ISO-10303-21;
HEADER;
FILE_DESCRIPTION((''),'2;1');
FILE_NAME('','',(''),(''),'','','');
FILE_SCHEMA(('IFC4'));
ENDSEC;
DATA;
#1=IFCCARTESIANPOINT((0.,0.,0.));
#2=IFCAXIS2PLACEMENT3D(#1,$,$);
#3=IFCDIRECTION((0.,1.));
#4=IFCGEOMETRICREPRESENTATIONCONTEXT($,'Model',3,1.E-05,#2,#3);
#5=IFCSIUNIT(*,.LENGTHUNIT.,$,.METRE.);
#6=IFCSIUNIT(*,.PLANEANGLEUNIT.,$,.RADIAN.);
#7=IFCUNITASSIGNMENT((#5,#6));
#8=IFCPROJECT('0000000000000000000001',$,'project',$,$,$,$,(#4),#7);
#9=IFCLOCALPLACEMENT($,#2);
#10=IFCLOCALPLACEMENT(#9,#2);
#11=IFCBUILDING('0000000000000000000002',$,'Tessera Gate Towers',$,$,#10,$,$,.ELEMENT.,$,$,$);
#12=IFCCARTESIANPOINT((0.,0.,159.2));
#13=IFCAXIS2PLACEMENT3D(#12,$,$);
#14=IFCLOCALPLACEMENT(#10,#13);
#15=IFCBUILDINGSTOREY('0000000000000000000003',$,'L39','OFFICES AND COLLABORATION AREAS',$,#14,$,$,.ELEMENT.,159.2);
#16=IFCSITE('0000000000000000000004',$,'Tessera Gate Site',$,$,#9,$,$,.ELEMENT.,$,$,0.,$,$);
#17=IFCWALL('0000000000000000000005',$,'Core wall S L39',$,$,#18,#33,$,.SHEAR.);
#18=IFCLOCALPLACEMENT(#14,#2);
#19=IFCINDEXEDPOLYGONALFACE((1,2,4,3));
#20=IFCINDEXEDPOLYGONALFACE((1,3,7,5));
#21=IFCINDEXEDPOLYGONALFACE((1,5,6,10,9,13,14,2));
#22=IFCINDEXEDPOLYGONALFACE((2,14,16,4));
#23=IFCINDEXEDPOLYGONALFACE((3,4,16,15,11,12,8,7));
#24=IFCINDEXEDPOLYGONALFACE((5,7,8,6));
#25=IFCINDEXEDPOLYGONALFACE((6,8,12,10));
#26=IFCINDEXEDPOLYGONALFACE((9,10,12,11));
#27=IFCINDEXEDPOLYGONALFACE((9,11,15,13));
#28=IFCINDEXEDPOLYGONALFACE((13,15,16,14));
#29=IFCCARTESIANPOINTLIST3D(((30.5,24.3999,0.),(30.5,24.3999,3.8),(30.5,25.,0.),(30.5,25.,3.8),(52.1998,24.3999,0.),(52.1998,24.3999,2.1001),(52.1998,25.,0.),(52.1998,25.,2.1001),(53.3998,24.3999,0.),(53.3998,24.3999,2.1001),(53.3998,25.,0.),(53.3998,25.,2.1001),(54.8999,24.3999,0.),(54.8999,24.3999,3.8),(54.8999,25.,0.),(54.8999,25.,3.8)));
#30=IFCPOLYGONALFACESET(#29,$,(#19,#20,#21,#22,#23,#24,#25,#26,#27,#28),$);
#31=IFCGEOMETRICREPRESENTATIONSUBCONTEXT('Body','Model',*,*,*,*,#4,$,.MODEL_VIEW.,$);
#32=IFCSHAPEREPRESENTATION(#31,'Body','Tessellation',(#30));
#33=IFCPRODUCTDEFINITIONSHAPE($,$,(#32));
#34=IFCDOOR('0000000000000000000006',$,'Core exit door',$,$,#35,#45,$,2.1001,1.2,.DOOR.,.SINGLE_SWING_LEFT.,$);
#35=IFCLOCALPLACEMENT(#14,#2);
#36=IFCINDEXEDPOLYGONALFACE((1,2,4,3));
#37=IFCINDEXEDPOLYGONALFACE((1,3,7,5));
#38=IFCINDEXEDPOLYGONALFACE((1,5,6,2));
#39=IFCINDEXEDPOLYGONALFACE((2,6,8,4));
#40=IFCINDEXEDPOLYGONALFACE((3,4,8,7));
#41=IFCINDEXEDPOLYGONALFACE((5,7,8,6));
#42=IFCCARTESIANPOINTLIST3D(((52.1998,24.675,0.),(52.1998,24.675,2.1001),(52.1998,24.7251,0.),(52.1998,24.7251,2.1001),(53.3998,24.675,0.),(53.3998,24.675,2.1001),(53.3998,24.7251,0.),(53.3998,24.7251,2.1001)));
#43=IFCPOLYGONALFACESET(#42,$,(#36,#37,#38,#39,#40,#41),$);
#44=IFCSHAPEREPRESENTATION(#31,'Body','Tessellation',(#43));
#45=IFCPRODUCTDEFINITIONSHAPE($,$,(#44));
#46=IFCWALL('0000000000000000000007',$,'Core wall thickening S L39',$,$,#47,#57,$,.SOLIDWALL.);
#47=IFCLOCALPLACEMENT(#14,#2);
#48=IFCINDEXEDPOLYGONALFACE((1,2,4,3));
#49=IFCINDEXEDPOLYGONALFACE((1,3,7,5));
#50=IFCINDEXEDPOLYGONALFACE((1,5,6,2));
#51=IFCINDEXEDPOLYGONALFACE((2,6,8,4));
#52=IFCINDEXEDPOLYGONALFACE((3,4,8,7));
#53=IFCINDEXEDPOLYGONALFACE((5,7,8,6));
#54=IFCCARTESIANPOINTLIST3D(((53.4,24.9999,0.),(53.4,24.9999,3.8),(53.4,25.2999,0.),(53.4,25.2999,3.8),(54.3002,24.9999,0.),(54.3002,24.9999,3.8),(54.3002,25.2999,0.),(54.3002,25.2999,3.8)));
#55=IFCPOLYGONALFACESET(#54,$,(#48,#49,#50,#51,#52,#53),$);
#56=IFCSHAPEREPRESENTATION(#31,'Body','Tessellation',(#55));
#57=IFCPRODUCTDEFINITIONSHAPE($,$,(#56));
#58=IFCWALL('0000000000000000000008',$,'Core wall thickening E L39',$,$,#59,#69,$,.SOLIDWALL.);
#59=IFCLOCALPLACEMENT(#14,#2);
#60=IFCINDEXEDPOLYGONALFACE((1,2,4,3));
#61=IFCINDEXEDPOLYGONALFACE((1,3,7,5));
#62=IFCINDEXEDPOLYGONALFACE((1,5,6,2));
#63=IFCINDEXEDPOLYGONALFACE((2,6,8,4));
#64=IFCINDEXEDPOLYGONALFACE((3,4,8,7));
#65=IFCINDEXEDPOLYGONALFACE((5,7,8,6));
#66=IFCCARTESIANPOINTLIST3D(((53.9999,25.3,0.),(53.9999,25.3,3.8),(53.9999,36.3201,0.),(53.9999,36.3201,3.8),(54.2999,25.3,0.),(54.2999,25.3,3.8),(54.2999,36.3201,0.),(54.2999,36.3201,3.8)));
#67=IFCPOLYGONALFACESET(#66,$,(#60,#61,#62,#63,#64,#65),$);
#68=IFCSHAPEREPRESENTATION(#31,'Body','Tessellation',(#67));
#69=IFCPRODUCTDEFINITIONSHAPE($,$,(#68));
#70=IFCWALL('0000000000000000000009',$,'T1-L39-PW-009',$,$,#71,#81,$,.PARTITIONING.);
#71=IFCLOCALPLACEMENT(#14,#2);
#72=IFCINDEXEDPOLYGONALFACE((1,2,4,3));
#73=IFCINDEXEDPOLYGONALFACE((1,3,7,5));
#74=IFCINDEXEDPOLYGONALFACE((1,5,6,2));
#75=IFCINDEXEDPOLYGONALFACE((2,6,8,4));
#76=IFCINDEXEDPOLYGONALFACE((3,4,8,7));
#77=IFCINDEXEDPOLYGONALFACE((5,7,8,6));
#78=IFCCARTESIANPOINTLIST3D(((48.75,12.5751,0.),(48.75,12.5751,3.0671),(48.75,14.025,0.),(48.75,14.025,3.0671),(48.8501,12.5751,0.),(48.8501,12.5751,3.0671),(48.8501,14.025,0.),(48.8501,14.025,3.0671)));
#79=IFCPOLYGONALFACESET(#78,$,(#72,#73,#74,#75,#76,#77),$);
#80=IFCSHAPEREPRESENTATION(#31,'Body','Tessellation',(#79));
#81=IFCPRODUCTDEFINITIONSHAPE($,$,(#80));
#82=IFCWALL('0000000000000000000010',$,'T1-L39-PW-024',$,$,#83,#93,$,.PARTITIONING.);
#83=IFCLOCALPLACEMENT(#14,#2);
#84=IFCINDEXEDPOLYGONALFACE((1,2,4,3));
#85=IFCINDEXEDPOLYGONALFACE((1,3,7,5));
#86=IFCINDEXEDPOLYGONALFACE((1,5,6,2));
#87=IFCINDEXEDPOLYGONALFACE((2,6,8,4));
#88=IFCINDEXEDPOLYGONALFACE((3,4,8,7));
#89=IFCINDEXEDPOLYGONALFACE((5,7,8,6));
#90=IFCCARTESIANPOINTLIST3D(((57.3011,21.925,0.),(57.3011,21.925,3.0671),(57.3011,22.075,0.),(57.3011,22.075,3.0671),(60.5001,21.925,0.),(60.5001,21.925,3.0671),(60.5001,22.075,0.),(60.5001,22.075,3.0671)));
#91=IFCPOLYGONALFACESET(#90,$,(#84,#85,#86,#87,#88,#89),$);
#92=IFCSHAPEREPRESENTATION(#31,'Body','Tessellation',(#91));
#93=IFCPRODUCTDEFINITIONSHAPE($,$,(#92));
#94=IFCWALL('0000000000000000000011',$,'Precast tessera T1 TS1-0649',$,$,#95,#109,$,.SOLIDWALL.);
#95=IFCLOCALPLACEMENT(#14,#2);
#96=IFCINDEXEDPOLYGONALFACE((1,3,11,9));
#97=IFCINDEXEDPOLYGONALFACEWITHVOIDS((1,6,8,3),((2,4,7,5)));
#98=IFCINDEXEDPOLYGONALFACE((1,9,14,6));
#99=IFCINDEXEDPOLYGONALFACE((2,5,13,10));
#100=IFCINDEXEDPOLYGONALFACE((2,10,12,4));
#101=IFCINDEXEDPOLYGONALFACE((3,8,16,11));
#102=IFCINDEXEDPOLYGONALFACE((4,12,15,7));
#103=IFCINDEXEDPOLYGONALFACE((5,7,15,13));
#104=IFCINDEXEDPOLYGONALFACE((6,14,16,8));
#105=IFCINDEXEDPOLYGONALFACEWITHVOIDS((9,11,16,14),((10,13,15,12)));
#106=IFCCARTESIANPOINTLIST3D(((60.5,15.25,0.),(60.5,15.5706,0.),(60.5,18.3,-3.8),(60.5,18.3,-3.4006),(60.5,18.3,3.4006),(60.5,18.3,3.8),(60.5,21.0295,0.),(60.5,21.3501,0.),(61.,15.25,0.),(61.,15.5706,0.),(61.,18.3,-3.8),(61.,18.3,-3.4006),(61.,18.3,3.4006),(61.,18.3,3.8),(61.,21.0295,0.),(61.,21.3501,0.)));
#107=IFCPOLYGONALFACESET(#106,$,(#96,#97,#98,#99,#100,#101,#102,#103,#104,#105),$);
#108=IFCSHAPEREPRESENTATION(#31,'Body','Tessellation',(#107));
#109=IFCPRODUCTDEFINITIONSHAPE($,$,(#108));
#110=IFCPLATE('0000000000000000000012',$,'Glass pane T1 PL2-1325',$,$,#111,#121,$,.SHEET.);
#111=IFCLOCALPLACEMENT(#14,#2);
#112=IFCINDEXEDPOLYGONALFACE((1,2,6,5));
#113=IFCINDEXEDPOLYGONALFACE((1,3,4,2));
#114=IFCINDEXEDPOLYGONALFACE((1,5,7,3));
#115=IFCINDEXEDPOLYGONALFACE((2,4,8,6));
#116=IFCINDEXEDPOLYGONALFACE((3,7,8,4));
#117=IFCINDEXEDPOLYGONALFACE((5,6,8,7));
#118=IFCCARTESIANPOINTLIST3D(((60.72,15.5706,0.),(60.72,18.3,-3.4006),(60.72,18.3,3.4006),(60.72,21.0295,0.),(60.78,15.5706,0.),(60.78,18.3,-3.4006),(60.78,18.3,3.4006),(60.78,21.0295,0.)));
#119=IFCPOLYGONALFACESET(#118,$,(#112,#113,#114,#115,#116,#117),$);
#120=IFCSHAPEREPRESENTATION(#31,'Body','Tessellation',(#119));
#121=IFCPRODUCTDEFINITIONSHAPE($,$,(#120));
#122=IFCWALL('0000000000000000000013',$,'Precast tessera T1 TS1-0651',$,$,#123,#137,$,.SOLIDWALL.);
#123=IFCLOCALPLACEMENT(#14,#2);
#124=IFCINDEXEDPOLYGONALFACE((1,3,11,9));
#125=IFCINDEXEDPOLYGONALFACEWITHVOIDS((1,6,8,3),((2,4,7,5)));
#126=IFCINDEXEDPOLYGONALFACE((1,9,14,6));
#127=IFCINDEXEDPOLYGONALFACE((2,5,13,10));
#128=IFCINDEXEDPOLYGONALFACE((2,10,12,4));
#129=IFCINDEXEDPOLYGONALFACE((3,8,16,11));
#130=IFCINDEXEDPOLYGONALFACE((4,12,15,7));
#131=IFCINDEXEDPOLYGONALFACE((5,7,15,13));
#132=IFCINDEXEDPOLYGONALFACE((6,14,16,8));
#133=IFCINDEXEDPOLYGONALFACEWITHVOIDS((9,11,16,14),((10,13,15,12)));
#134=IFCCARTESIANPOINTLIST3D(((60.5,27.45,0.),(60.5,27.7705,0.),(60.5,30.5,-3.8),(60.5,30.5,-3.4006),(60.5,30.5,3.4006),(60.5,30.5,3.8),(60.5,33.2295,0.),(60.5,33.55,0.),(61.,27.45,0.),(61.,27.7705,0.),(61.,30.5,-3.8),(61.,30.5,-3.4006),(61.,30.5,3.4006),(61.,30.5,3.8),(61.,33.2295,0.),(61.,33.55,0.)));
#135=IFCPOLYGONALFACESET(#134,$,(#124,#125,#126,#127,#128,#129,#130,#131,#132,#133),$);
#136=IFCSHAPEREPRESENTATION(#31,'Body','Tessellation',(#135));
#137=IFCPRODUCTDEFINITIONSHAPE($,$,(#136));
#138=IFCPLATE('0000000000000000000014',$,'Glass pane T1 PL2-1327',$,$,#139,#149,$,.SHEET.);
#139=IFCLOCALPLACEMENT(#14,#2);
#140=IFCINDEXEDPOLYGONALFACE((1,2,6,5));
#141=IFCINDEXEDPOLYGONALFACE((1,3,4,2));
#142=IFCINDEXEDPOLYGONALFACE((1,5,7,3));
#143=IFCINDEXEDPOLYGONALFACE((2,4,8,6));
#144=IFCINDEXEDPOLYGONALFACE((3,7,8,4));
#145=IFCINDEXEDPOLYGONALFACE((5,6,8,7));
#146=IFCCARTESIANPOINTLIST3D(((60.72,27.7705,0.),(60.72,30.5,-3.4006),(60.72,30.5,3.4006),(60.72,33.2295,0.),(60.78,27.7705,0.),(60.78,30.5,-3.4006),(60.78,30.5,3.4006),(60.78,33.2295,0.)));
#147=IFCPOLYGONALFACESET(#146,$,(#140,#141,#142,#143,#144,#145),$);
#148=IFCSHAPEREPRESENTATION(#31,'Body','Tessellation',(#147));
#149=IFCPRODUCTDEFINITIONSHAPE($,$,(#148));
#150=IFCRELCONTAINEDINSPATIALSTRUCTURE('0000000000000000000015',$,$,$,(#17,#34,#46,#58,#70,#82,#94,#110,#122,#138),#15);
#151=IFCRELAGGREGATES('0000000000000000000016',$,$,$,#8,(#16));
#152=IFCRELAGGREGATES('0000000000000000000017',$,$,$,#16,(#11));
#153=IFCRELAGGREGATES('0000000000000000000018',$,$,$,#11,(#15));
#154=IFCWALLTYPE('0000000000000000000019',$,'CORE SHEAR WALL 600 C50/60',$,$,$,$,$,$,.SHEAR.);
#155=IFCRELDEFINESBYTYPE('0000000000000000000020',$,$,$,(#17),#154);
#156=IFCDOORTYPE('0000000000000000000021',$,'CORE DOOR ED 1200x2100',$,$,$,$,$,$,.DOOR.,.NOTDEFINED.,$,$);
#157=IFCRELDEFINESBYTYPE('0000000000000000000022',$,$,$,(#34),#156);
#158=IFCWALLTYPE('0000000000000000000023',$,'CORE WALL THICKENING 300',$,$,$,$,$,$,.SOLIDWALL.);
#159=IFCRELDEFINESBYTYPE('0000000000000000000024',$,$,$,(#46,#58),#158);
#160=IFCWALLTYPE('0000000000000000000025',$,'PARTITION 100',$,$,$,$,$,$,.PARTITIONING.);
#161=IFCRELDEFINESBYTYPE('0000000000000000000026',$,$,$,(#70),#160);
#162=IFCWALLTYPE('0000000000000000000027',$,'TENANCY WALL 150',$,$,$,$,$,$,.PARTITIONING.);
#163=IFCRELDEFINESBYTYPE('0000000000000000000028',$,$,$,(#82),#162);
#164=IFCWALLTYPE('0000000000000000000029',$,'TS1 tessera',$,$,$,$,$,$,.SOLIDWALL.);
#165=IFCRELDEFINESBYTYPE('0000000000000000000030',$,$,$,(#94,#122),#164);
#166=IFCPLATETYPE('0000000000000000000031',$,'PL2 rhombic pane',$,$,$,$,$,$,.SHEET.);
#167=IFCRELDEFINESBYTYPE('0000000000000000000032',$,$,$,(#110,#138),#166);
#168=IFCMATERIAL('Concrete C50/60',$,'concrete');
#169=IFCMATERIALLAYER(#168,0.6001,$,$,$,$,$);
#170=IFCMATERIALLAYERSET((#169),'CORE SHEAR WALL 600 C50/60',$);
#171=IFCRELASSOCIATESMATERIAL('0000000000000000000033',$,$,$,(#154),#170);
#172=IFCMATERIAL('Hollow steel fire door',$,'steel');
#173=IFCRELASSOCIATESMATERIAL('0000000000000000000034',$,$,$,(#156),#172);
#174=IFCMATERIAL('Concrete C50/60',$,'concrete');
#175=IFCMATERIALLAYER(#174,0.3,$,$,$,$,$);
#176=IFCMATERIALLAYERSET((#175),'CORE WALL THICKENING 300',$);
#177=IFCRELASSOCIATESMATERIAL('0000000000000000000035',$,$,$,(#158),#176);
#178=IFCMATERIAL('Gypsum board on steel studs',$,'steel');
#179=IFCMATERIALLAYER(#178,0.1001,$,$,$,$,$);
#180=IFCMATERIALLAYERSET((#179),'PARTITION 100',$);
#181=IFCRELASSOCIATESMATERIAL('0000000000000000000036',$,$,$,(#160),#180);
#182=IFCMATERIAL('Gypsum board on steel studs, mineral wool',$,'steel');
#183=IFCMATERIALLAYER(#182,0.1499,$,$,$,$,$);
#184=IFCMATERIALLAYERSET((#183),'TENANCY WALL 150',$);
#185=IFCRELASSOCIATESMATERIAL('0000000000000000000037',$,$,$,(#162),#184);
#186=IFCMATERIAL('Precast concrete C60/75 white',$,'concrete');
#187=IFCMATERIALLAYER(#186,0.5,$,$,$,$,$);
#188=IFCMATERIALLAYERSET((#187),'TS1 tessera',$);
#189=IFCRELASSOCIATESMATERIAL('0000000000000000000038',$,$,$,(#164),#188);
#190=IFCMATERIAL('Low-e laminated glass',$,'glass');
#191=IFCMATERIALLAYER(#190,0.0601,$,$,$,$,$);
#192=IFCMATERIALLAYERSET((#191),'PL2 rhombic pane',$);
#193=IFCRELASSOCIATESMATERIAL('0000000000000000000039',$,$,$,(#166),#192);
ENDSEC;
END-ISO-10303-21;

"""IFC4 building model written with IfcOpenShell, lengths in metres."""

from ifc_helpers import new_model, si_unit, direction, frame, frame_2d, origin, place, context, subcontext, project, spatial, polyline, rectangle, outline, extrude, source, transform, mapped, material, layer, layer_set, type_object, element, fill, save


model = new_model("IFC4")

# Units and contexts
model_context = context("Model", 3, precision=1e-05, world=origin(), true_north=direction((0.0, 1.0)))
body_context = subcontext(model_context, "Body", "Model", "MODEL_VIEW")
ifc_project = project(units=[si_unit("LENGTHUNIT", "METRE"), si_unit("PLANEANGLEUNIT", "RADIAN")], contexts=[model_context])

# Site, building, storey
site_placement = place(None, origin())
site = spatial("IfcSite", under=ifc_project, at=site_placement, Name="Tessera Gate Site", CompositionType="ELEMENT", RefElevation=0.0)
building_placement = place(site_placement, origin())
building = spatial("IfcBuilding", under=site, at=building_placement, Name="Tessera Gate Towers", CompositionType="ELEMENT")
storey_placement = place(building_placement, frame((0.0, 0.0, 159.2)))
storey = spatial("IfcBuildingStorey", under=building, at=storey_placement, Name="L39", Description="OFFICES AND COLLABORATION AREAS", CompositionType="ELEMENT", Elevation=159.2)

# Wall, opening, door
shared_shape_1 = source(origin(), body_context, "Body", "SweptSolid", [
    extrude(rectangle(XDim=1.2, YDim=2.1001, at=frame_2d((0.6001, 1.05))), frame((0.0, 0.0249, 0.0), z_axis=(0.0, -1.0, 0.0), x_axis=(1.0, 0.0, 0.0)), (0.0, 0.0, 1.0), 0.05),
])
ifc_material_1 = material(Name="Concrete C50/60", Category="concrete")
ifc_layer_1 = layer(ifc_material_1, 0.6001)
ifc_layer_set_1 = layer_set([ifc_layer_1], Name="CORE SHEAR WALL 600 C50/60")
wall_type_1 = type_object("IfcWallType", Name="CORE SHEAR WALL 600 C50/60", PredefinedType="SHEAR", material=ifc_layer_set_1)
wall_1_placement = place(storey_placement, frame((54.8999, 24.7, 0.0), z_axis=(0.0, 0.0, 1.0), x_axis=(-1.0, 0.0, 0.0)))
wall_1 = element("IfcWall", 1, at=wall_1_placement, inside=storey, type_object=wall_type_1, Name="Core wall S L39", PredefinedType="SHEAR", context=body_context, shape_type="SweptSolid", body=[
    extrude(rectangle(XDim=24.3999, YDim=0.6001, at=frame_2d((12.2, 0.0))), origin(), (0.0, 0.0, 1.0), 3.8),
])
shared_shape_2 = source(origin(), body_context, "Body", "SweptSolid", [
    extrude(rectangle(XDim=1.2, YDim=2.1001, at=frame_2d((0.6001, 1.05))), frame((0.0, 0.3101, 0.0), z_axis=(0.0, -1.0, 0.0), x_axis=(1.0, 0.0, 0.0)), (0.0, 0.0, 1.0), 0.6201),
])
opening_1_placement = place(wall_1_placement, frame((1.5, 0.0, 0.0)))
opening_1 = element("IfcOpeningElement", 2, at=opening_1_placement, cuts=wall_1, PredefinedType="OPENING", context=body_context, shape_type="MappedRepresentation", body=[
    mapped(shared_shape_2, transform((0.0, 0.0, 0.0), scale=1.0)),
])
ifc_material_2 = material(Name="Hollow steel fire door", Category="steel")
door_type_1 = type_object("IfcDoorType", Name="CORE DOOR ED 1200x2100", OperationType="NOTDEFINED", PredefinedType="DOOR", material=ifc_material_2)
door_1_placement = place(opening_1_placement, origin())
door_1 = element("IfcDoor", 3, at=door_1_placement, inside=storey, type_object=door_type_1, Name="Core exit door", OperationType="SINGLE_SWING_LEFT", OverallHeight=2.1001, OverallWidth=1.2, PredefinedType="DOOR", context=body_context, shape_type="MappedRepresentation", body=[
    mapped(shared_shape_1, transform((0.0, 0.0, 0.0), scale=1.0)),
])
fill(opening_1, door_1)

# Walls
ifc_material_3 = material(Name="Concrete C50/60", Category="concrete")
ifc_layer_2 = layer(ifc_material_3, 0.3)
ifc_layer_set_2 = layer_set([ifc_layer_2], Name="CORE WALL THICKENING 300")
wall_type_2 = type_object("IfcWallType", Name="CORE WALL THICKENING 300", PredefinedType="SOLIDWALL", material=ifc_layer_set_2)
wall_2_placement = place(storey_placement, frame((53.3999, 25.1499, 0.0), z_axis=(0.0, 0.0, 1.0), x_axis=(1.0, 0.0, 0.0)))
element("IfcWall", 4, at=wall_2_placement, inside=storey, type_object=wall_type_2, Name="Core wall thickening S L39", PredefinedType="SOLIDWALL", context=body_context, shape_type="SweptSolid", body=[
    extrude(rectangle(XDim=0.9001, YDim=0.3, at=frame_2d((0.4502, 0.0))), origin(), (0.0, 0.0, 1.0), 3.8),
])
wall_3_placement = place(storey_placement, frame((54.1499, 25.3, 0.0), z_axis=(0.0, 0.0, 1.0), x_axis=(0.0, 1.0, 0.0)))
element("IfcWall", 5, at=wall_3_placement, inside=storey, type_object=wall_type_2, Name="Core wall thickening E L39", PredefinedType="SOLIDWALL", context=body_context, shape_type="SweptSolid", body=[
    extrude(rectangle(XDim=11.02, YDim=0.3, at=frame_2d((5.51, 0.0))), origin(), (0.0, 0.0, 1.0), 3.8),
])
ifc_material_4 = material(Name="Gypsum board on steel studs", Category="steel")
ifc_layer_3 = layer(ifc_material_4, 0.1001)
ifc_layer_set_3 = layer_set([ifc_layer_3], Name="PARTITION 100")
wall_type_3 = type_object("IfcWallType", Name="PARTITION 100", PredefinedType="PARTITIONING", material=ifc_layer_set_3)
wall_4_placement = place(storey_placement, frame((48.8, 12.575, 0.0), z_axis=(0.0, 0.0, 1.0), x_axis=(0.0, 1.0, 0.0)))
element("IfcWall", 6, at=wall_4_placement, inside=storey, type_object=wall_type_3, Name="T1-L39-PW-009", PredefinedType="PARTITIONING", context=body_context, shape_type="SweptSolid", body=[
    extrude(rectangle(XDim=1.45, YDim=0.1001, at=frame_2d((0.7251, 0.0))), origin(), (0.0, 0.0, 1.0), 3.0671),
])
ifc_material_5 = material(Name="Gypsum board on steel studs, mineral wool", Category="steel")
ifc_layer_4 = layer(ifc_material_5, 0.1499)
ifc_layer_set_4 = layer_set([ifc_layer_4], Name="TENANCY WALL 150")
wall_type_4 = type_object("IfcWallType", Name="TENANCY WALL 150", PredefinedType="PARTITIONING", material=ifc_layer_set_4)
wall_5_placement = place(storey_placement, frame((57.301, 22.0, 0.0), z_axis=(0.0, 0.0, 1.0), x_axis=(1.0, 0.0, 0.0)))
element("IfcWall", 7, at=wall_5_placement, inside=storey, type_object=wall_type_4, Name="T1-L39-PW-024", PredefinedType="PARTITIONING", context=body_context, shape_type="SweptSolid", body=[
    extrude(rectangle(XDim=3.199, YDim=0.1499, at=frame_2d((1.5996, 0.0))), origin(), (0.0, 0.0, 1.0), 3.0671),
])

# Walls, openings, plates
ifc_material_6 = material(Name="Precast concrete C60/75 white", Category="concrete")
ifc_layer_5 = layer(ifc_material_6, 0.5)
ifc_layer_set_5 = layer_set([ifc_layer_5], Name="TS1 tessera")
wall_type_5 = type_object("IfcWallType", Name="TS1 tessera", PredefinedType="SOLIDWALL", material=ifc_layer_set_5)
shared_shape_3 = source(origin(), body_context, "Body", "SweptSolid", [
    extrude(outline(polyline([(3.05, 0.0), (6.1001, 3.8), (3.05, 7.6001), (0.0, 3.8), (3.05, 0.0)])), frame((0.0, 0.25, 0.0), z_axis=(0.0, -1.0, 0.0), x_axis=(1.0, 0.0, 0.0)), (0.0, 0.0, 1.0), 0.5),
])
wall_6_placement = place(storey_placement, frame((60.75, 15.25, -3.8), z_axis=(0.0, 0.0, 1.0), x_axis=(0.0, 1.0, 0.0)))
wall_6 = element("IfcWall", 8, at=wall_6_placement, inside=storey, type_object=wall_type_5, Name="Precast tessera T1 TS1-0649", PredefinedType="SOLIDWALL", context=body_context, shape_type="MappedRepresentation", body=[
    mapped(shared_shape_3, transform((0.0, 0.0, 0.0), scale=1.0)),
])
shared_shape_4 = source(origin(), body_context, "Body", "SweptSolid", [
    extrude(outline(polyline([(3.05, 0.3994), (5.7795, 3.8), (3.05, 7.2007), (0.3206, 3.8), (3.05, 0.3994)])), frame((0.0, 0.26, 0.0), z_axis=(0.0, -1.0, 0.0), x_axis=(1.0, 0.0, 0.0)), (0.0, 0.0, 1.0), 0.52),
])
opening_2_placement = place(wall_6_placement, origin())
opening_2 = element("IfcOpeningElement", 9, at=opening_2_placement, cuts=wall_6, PredefinedType="OPENING", context=body_context, shape_type="MappedRepresentation", body=[
    mapped(shared_shape_4, transform((0.0, 0.0, 0.0), scale=1.0)),
])
ifc_material_7 = material(Name="Low-e laminated glass", Category="glass")
ifc_layer_6 = layer(ifc_material_7, 0.0601)
ifc_layer_set_6 = layer_set([ifc_layer_6], Name="PL2 rhombic pane")
plate_type = type_object("IfcPlateType", Name="PL2 rhombic pane", PredefinedType="SHEET", material=ifc_layer_set_6)
shared_shape_5 = source(origin(), body_context, "Body", "SweptSolid", [
    extrude(outline(polyline([(3.05, 0.3994), (5.7795, 3.8), (3.05, 7.2007), (0.3206, 3.8), (3.05, 0.3994)])), frame((0.0, 0.03, 0.0), z_axis=(0.0, -1.0, 0.0), x_axis=(1.0, 0.0, 0.0)), (0.0, 0.0, 1.0), 0.0601),
])
plate_1_placement = place(opening_2_placement, origin())
plate_1 = element("IfcPlate", 10, at=plate_1_placement, inside=storey, type_object=plate_type, Name="Glass pane T1 PL2-1325", PredefinedType="SHEET", context=body_context, shape_type="MappedRepresentation", body=[
    mapped(shared_shape_5, transform((0.0, 0.0, 0.0), scale=1.0)),
])
fill(opening_2, plate_1)
wall_7_placement = place(storey_placement, frame((60.75, 27.45, -3.8), z_axis=(0.0, 0.0, 1.0), x_axis=(0.0, 1.0, 0.0)))
wall_7 = element("IfcWall", 11, at=wall_7_placement, inside=storey, type_object=wall_type_5, Name="Precast tessera T1 TS1-0651", PredefinedType="SOLIDWALL", context=body_context, shape_type="MappedRepresentation", body=[
    mapped(shared_shape_3, transform((0.0, 0.0, 0.0), scale=1.0)),
])
opening_3_placement = place(wall_7_placement, origin())
opening_3 = element("IfcOpeningElement", 12, at=opening_3_placement, cuts=wall_7, PredefinedType="OPENING", context=body_context, shape_type="MappedRepresentation", body=[
    mapped(shared_shape_4, transform((0.0, 0.0, 0.0), scale=1.0)),
])
plate_2_placement = place(opening_3_placement, origin())
plate_2 = element("IfcPlate", 13, at=plate_2_placement, inside=storey, type_object=plate_type, Name="Glass pane T1 PL2-1327", PredefinedType="SHEET", context=body_context, shape_type="MappedRepresentation", body=[
    mapped(shared_shape_5, transform((0.0, 0.0, 0.0), scale=1.0)),
])
fill(opening_3, plate_2)

save(model, "model.ifc")
